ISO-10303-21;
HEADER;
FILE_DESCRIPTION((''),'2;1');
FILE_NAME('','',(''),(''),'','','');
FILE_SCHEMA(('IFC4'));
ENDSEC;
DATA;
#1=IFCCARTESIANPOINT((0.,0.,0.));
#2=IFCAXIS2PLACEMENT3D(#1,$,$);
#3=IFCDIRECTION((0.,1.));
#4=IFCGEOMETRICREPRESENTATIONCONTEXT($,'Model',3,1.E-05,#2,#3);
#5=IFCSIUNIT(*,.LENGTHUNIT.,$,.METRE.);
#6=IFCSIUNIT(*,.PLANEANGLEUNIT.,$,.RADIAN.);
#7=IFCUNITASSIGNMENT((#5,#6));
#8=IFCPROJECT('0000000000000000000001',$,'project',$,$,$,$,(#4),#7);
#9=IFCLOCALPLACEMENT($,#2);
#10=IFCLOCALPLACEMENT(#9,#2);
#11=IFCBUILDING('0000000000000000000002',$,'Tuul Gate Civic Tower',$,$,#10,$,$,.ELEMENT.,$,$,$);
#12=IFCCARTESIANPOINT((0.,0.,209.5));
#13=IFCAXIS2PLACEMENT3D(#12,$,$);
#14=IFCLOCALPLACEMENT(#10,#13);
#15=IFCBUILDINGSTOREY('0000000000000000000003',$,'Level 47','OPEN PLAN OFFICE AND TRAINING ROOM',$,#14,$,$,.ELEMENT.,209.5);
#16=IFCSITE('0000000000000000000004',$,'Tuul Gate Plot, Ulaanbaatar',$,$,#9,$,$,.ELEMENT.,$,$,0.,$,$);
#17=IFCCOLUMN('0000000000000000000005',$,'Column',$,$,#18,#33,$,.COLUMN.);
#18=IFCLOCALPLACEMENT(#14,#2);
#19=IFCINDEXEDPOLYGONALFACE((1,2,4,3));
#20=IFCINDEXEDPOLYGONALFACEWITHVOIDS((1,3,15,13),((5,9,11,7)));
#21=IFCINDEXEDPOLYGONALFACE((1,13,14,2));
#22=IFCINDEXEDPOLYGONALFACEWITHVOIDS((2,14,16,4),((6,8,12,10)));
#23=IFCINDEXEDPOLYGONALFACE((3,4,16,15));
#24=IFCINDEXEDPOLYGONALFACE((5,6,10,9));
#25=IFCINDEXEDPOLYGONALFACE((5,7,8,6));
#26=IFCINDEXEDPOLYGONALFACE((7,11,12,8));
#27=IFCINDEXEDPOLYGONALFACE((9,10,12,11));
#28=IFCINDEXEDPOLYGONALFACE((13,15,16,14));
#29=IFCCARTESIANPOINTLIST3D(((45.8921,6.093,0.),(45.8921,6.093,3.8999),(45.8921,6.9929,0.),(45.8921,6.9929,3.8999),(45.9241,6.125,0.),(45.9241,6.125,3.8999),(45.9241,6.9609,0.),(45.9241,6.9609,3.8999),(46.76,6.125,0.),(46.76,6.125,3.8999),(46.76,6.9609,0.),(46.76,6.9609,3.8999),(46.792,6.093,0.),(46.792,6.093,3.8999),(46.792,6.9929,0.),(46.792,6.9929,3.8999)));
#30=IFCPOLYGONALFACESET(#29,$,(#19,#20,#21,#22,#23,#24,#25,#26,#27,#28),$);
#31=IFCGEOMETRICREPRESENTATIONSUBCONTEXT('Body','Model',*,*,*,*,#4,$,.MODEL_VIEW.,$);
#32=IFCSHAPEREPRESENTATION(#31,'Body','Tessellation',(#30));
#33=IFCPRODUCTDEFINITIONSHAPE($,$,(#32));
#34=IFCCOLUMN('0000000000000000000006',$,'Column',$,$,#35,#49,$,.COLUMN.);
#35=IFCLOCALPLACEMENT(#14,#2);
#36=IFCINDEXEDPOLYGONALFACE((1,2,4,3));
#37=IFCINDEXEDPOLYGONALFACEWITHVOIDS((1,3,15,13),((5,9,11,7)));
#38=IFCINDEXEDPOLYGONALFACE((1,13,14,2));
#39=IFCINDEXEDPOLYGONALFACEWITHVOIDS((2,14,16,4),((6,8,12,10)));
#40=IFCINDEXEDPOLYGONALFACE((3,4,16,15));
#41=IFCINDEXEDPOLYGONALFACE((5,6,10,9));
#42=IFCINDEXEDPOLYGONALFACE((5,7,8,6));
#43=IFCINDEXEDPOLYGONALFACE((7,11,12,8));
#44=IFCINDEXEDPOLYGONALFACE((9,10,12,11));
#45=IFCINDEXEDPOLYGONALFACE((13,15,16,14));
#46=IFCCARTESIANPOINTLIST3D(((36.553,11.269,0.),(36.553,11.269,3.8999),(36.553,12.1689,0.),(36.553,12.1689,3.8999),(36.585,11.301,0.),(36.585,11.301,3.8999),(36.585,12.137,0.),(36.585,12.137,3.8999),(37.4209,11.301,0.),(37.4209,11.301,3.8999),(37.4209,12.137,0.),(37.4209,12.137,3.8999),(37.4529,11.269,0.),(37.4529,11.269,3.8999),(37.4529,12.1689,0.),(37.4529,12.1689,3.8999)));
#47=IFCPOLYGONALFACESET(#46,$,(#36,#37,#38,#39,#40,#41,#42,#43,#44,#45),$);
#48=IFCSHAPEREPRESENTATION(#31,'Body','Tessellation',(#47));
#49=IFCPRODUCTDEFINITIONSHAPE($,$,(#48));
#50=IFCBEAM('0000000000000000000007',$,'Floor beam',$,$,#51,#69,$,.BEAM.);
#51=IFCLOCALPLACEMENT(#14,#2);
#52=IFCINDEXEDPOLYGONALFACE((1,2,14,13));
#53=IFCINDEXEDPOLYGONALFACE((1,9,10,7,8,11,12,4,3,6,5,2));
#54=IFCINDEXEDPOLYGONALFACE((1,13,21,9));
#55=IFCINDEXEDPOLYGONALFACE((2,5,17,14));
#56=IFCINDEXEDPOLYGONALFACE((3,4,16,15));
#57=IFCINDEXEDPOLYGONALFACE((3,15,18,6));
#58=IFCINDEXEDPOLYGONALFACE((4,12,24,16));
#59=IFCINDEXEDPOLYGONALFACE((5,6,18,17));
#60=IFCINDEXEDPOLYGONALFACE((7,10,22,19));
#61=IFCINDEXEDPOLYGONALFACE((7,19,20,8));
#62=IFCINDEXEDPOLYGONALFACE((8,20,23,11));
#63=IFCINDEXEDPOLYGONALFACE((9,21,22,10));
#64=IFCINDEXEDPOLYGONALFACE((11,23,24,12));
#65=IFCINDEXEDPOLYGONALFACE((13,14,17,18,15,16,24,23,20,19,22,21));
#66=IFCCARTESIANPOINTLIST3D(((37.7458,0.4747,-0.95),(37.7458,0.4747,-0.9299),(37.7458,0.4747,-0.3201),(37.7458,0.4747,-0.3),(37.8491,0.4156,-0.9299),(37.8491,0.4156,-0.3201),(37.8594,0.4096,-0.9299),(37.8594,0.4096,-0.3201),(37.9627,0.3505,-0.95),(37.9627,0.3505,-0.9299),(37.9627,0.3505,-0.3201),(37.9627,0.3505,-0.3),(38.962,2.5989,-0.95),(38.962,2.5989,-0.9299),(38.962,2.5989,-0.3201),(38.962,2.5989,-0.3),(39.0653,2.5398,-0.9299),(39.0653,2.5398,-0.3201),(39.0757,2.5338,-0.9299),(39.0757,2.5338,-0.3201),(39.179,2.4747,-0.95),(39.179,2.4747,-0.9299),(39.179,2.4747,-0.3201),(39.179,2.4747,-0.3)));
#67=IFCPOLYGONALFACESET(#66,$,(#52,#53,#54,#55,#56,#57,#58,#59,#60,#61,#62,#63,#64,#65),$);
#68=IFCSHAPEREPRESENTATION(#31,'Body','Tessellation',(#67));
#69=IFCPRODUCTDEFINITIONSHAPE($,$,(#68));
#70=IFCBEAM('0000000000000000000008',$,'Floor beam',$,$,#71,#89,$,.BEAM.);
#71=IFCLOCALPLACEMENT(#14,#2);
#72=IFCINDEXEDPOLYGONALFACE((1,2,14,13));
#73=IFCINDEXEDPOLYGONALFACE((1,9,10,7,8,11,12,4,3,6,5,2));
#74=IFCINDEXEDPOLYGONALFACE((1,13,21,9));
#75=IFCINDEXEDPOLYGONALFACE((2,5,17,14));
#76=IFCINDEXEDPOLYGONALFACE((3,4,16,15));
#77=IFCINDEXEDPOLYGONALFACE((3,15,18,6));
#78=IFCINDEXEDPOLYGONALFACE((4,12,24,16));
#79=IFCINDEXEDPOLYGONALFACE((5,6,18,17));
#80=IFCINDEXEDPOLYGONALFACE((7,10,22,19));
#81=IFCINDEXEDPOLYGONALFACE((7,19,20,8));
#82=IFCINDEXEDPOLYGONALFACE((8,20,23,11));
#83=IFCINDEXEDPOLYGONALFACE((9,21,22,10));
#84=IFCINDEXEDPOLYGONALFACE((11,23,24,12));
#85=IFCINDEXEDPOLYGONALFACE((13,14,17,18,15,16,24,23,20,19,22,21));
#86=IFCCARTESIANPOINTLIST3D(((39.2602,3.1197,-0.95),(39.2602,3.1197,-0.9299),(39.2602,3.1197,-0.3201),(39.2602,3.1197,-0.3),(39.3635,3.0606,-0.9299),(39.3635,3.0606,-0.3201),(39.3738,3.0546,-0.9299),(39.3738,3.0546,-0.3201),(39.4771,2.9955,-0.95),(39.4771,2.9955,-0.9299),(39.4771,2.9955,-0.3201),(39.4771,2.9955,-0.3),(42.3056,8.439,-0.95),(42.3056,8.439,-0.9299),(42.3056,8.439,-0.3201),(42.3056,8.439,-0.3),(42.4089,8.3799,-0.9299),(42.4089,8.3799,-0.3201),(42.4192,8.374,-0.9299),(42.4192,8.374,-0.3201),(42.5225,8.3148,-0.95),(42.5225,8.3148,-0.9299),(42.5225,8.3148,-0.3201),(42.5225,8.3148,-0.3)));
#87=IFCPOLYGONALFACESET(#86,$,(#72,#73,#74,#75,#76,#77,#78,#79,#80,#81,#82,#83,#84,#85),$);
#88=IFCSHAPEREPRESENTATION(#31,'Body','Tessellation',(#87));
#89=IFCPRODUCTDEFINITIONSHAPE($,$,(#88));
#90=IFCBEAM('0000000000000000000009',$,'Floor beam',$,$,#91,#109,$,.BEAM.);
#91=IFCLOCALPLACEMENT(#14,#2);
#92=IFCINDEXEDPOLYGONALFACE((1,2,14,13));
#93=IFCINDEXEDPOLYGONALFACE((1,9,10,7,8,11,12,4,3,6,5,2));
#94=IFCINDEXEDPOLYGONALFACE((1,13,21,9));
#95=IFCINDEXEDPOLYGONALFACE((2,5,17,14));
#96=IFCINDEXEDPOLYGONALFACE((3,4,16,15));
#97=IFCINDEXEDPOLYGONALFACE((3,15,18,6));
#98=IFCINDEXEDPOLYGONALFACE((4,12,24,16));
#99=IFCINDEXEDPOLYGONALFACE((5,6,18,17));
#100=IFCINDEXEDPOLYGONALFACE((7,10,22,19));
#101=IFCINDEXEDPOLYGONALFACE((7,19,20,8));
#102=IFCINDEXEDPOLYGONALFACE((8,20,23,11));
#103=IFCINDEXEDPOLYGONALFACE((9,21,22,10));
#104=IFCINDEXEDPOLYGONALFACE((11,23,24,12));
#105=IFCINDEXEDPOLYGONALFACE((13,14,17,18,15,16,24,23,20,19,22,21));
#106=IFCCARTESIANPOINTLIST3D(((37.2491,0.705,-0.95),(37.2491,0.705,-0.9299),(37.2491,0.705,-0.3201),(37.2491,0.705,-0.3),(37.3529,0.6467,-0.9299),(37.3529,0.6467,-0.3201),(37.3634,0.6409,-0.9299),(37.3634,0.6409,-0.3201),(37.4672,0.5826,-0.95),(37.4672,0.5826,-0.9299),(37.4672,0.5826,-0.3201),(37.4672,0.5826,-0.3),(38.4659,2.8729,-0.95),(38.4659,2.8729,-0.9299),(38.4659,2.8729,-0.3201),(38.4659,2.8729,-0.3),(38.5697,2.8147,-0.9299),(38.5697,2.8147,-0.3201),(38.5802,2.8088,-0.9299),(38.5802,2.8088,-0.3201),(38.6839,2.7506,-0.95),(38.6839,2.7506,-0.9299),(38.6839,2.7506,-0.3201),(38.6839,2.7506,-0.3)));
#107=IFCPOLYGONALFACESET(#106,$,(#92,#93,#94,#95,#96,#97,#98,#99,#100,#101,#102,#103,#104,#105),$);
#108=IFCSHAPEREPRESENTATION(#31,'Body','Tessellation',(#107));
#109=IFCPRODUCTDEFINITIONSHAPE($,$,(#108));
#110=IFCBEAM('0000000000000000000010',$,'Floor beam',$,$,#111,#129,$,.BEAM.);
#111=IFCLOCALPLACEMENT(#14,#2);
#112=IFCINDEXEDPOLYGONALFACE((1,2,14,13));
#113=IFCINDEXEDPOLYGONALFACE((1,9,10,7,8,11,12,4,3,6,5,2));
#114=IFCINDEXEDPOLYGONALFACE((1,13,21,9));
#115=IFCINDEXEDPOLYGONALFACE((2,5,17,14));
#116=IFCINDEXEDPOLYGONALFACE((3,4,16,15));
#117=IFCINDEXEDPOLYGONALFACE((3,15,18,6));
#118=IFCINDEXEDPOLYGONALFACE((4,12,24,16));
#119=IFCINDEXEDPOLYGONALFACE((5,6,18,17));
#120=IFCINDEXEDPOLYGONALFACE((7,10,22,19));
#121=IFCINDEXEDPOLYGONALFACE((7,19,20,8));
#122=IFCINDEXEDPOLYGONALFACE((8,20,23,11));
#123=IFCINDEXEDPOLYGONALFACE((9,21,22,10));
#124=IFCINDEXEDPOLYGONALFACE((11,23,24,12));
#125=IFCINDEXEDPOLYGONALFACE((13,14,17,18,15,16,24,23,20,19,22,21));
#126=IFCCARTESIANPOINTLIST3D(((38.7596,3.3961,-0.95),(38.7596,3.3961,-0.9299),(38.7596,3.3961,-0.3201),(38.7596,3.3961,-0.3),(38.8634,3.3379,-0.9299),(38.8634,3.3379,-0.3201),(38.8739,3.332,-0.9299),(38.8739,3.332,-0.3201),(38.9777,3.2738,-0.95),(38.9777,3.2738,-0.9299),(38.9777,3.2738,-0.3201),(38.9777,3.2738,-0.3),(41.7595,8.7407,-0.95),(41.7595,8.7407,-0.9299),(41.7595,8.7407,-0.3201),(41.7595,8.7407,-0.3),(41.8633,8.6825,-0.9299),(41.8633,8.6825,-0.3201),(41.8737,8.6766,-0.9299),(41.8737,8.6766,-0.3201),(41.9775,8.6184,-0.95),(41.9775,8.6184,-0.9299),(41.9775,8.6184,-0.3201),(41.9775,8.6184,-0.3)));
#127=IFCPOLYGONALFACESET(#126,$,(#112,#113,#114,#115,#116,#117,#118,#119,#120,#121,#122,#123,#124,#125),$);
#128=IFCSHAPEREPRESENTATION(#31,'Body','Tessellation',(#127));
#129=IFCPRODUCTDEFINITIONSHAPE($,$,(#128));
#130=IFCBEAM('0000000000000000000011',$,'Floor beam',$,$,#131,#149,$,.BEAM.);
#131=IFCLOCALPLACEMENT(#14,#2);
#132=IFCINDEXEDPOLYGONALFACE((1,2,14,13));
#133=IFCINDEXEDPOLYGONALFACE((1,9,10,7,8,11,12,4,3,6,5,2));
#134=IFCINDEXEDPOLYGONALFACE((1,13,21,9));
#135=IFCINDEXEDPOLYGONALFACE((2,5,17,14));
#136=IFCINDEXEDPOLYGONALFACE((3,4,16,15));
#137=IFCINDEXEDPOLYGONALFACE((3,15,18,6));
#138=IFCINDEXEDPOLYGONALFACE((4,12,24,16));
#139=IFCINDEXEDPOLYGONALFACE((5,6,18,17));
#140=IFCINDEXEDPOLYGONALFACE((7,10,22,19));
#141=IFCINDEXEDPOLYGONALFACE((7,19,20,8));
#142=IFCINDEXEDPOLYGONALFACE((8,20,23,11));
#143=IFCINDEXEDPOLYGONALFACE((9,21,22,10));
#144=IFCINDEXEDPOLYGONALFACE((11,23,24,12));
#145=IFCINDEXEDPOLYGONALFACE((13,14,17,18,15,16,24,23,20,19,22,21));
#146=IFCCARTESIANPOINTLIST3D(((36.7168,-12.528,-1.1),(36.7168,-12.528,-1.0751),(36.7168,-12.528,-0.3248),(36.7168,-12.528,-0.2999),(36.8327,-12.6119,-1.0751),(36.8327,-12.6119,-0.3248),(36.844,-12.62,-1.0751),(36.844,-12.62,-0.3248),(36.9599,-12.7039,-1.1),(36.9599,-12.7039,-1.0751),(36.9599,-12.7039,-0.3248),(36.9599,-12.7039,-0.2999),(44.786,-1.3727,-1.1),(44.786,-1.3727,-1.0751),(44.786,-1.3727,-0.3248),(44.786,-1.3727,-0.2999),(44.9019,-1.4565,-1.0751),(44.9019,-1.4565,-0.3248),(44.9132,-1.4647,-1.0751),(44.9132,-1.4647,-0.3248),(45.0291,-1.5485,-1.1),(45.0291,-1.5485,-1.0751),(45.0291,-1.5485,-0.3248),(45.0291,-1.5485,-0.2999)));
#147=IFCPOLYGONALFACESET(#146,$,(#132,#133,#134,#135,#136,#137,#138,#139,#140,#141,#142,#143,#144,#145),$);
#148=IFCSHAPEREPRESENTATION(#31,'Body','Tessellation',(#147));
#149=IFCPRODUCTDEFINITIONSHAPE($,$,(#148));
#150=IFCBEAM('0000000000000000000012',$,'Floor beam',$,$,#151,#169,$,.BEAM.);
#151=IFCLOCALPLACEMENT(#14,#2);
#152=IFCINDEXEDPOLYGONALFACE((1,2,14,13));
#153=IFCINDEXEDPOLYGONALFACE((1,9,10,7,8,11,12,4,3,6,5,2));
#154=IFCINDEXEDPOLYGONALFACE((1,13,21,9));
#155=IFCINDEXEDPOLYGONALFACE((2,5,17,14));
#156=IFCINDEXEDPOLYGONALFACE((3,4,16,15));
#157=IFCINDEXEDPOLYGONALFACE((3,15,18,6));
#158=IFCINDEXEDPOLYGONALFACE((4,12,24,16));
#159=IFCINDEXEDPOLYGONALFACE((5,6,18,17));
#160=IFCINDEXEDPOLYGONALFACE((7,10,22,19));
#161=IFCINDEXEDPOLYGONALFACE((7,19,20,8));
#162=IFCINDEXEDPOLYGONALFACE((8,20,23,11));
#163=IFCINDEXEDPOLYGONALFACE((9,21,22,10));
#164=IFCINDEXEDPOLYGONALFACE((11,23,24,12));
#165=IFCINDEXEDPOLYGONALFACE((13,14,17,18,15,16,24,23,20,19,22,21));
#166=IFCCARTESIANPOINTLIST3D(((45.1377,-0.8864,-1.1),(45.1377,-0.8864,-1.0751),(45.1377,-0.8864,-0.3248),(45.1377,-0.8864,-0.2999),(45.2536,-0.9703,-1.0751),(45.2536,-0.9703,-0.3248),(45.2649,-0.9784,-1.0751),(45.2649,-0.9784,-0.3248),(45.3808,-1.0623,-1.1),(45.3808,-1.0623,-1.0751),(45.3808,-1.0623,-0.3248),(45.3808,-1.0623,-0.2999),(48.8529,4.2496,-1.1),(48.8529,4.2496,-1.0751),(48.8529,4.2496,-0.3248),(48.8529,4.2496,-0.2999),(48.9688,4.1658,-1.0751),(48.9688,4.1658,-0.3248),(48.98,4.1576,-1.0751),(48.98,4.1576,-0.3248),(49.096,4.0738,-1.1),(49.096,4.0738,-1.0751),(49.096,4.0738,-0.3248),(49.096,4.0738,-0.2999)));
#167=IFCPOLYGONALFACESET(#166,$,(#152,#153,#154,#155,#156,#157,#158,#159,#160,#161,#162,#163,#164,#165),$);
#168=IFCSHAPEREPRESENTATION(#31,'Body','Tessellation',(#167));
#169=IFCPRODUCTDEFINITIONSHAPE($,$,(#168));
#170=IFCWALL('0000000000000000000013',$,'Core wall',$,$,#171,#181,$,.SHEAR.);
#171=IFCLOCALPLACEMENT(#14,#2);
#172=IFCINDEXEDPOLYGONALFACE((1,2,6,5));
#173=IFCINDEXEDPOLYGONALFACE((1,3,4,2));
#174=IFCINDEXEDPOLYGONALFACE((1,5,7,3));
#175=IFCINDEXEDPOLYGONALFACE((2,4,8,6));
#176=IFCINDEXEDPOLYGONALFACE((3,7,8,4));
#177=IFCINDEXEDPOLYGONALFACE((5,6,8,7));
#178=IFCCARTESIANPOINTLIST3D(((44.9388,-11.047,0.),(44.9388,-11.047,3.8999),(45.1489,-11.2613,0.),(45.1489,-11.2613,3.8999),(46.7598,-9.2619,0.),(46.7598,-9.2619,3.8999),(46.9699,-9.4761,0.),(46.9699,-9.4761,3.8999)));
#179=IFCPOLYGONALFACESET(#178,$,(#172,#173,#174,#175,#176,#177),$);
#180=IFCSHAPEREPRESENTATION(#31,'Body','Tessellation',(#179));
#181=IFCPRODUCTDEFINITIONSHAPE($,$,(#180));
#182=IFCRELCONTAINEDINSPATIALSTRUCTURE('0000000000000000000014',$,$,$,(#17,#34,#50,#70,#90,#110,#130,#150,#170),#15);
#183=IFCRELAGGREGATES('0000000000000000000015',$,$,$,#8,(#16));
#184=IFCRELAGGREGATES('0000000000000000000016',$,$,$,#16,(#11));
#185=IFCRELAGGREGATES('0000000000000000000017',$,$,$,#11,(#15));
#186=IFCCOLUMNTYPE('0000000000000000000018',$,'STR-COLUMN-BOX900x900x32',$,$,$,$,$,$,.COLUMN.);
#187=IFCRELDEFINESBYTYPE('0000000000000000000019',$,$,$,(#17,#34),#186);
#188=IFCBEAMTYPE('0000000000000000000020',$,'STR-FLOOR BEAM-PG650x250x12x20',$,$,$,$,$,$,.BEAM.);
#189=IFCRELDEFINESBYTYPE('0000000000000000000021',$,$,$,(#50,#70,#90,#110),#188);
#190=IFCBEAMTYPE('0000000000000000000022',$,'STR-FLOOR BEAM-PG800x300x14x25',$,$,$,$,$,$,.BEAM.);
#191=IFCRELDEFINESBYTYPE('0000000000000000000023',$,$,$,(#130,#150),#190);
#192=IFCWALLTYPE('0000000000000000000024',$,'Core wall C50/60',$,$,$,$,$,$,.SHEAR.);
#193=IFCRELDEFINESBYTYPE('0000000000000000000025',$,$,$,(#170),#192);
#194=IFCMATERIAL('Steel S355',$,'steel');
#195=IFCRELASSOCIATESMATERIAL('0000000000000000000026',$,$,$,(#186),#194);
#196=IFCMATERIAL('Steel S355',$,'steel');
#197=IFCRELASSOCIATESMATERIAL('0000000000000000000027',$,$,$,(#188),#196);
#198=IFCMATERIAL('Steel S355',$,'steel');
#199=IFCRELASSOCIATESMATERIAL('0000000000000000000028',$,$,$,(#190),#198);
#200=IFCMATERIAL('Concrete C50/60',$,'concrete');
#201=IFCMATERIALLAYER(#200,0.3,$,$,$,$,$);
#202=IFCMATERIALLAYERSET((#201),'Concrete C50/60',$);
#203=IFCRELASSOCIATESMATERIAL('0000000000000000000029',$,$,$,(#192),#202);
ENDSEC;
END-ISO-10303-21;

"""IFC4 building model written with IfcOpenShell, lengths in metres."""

from ifc_helpers import new_model, si_unit, direction, frame, frame_2d, origin, origin_2d, place, context, subcontext, project, spatial, rectangle, hollow_rectangle, i_section, extrude, material, layer, layer_set, material_profile, profile_set, type_object, element, save


model = new_model("IFC4")

# Units and contexts
model_context = context("Model", 3, precision=1e-05, world=origin(), true_north=direction((0.0, 1.0)))
body_context = subcontext(model_context, "Body", "Model", "MODEL_VIEW")
ifc_project = project(units=[si_unit("LENGTHUNIT", "METRE"), si_unit("PLANEANGLEUNIT", "RADIAN")], contexts=[model_context])

# Site, building, storey
site_placement = place(None, origin())
site = spatial("IfcSite", under=ifc_project, at=site_placement, Name="Tuul Gate Plot, Ulaanbaatar", CompositionType="ELEMENT", RefElevation=0.0)
building_placement = place(site_placement, origin())
building = spatial("IfcBuilding", under=site, at=building_placement, Name="Tuul Gate Civic Tower", CompositionType="ELEMENT")
storey_placement = place(building_placement, frame((0.0, 0.0, 209.5)))
storey = spatial("IfcBuildingStorey", under=building, at=storey_placement, Name="Level 47", Description="OPEN PLAN OFFICE AND TRAINING ROOM", CompositionType="ELEMENT", Elevation=209.5)

# Columns
ifc_material_1 = material(Name="Steel S355", Category="steel")
ifc_material_profile_1 = material_profile(ifc_material_1, hollow_rectangle(XDim=0.8999, YDim=0.8999, WallThickness=0.032, at=origin_2d()), Name="BOX900x900x32")
ifc_profile_set_1 = profile_set([ifc_material_profile_1], Name="Steel S355")
column_type = type_object("IfcColumnType", Name="STR-COLUMN-BOX900x900x32", PredefinedType="COLUMN", material=ifc_profile_set_1)
for number, where, z_axis, x_axis, name in (
    (1, (46.342, 6.543, 0.0), (0.0, 0.0, 1.0), (1.0, 0.0, 0.0), "Column"),
    (2, (37.0029, 11.719, 0.0), (0.0, 0.0, 1.0), (1.0, 0.0, 0.0), "Column"),
):
    element("IfcColumn", number, at=place(storey_placement, frame(where, z_axis=z_axis, x_axis=x_axis)), inside=storey, type_object=column_type, Name=name, PredefinedType="COLUMN", context=body_context, shape_type="SweptSolid", body=[
        extrude(hollow_rectangle(XDim=0.8999, YDim=0.8999, WallThickness=0.032, at=origin_2d()), origin(), (0.0, 0.0, 1.0), 3.8999),
    ])

# Beams
ifc_material_2 = material(Name="Steel S355", Category="steel")
ifc_material_profile_2 = material_profile(ifc_material_2, i_section(OverallWidth=0.25, OverallDepth=0.6499, WebThickness=0.012, FlangeThickness=0.02, at=origin_2d()), Name="PG650x250x12x20")
ifc_profile_set_2 = profile_set([ifc_material_profile_2], Name="Steel S355")
beam_type_1 = type_object("IfcBeamType", Name="STR-FLOOR BEAM-PG650x250x12x20", PredefinedType="BEAM", material=ifc_profile_set_2)
beam_1_placement = place(storey_placement, frame((37.8542, 0.4126, -0.625), z_axis=(0.496891, 0.867813, 0.0), x_axis=(-0.867813, 0.496891, 0.0)))
element("IfcBeam", 3, at=beam_1_placement, inside=storey, type_object=beam_type_1, Name="Floor beam", PredefinedType="BEAM", context=body_context, shape_type="SweptSolid", body=[
    extrude(i_section(OverallWidth=0.25, OverallDepth=0.6499, WebThickness=0.012, FlangeThickness=0.02, at=origin_2d()), origin(), (0.0, 0.0, 1.0), 2.4478),
])
beam_2_placement = place(storey_placement, frame((39.3687, 3.0576, -0.625), z_axis=(0.496851, 0.867836, 0.0), x_axis=(-0.867836, 0.496851, 0.0)))
element("IfcBeam", 4, at=beam_2_placement, inside=storey, type_object=beam_type_1, Name="Floor beam", PredefinedType="BEAM", context=body_context, shape_type="SweptSolid", body=[
    extrude(i_section(OverallWidth=0.25, OverallDepth=0.6499, WebThickness=0.012, FlangeThickness=0.02, at=origin_2d()), origin(), (0.0, 0.0, 1.0), 6.1294),
])
beam_3_placement = place(storey_placement, frame((37.3582, 0.6438, -0.625), z_axis=(0.48944, 0.872037, 0.0), x_axis=(-0.872037, 0.48944, 0.0)))
element("IfcBeam", 5, at=beam_3_placement, inside=storey, type_object=beam_type_1, Name="Floor beam", PredefinedType="BEAM", context=body_context, shape_type="SweptSolid", body=[
    extrude(i_section(OverallWidth=0.25, OverallDepth=0.6499, WebThickness=0.012, FlangeThickness=0.02, at=origin_2d()), origin(), (0.0, 0.0, 1.0), 2.4861),
])
beam_4_placement = place(storey_placement, frame((38.8687, 3.335, -0.625), z_axis=(0.489453, 0.872029, 0.0), x_axis=(-0.872029, 0.489453, 0.0)))
element("IfcBeam", 6, at=beam_4_placement, inside=storey, type_object=beam_type_1, Name="Floor beam", PredefinedType="BEAM", context=body_context, shape_type="SweptSolid", body=[
    extrude(i_section(OverallWidth=0.25, OverallDepth=0.6499, WebThickness=0.012, FlangeThickness=0.02, at=origin_2d()), origin(), (0.0, 0.0, 1.0), 6.1289),
])
ifc_material_3 = material(Name="Steel S355", Category="steel")
ifc_material_profile_3 = material_profile(ifc_material_3, i_section(OverallWidth=0.3, OverallDepth=0.8, WebThickness=0.0139, FlangeThickness=0.0249, at=origin_2d()), Name="PG800x300x14x25")
ifc_profile_set_3 = profile_set([ifc_material_profile_3], Name="Steel S355")
beam_type_2 = type_object("IfcBeamType", Name="STR-FLOOR BEAM-PG800x300x14x25", PredefinedType="BEAM", material=ifc_profile_set_3)
beam_5_placement = place(storey_placement, frame((36.8384, -12.616, -0.7), z_axis=(0.586087, 0.810248, 0.0), x_axis=(-0.810248, 0.586087, 0.0)))
element("IfcBeam", 7, at=beam_5_placement, inside=storey, type_object=beam_type_2, Name="Floor beam", PredefinedType="BEAM", context=body_context, shape_type="SweptSolid", body=[
    extrude(i_section(OverallWidth=0.3, OverallDepth=0.8, WebThickness=0.0139, FlangeThickness=0.0249, at=origin_2d()), origin(), (0.0, 0.0, 1.0), 13.7678),
])
beam_6_placement = place(storey_placement, frame((45.2593, -0.9744, -0.7), z_axis=(0.586088, 0.810247, 0.0), x_axis=(-0.810247, 0.586088, 0.0)))
element("IfcBeam", 8, at=beam_6_placement, inside=storey, type_object=beam_type_2, Name="Floor beam", PredefinedType="BEAM", context=body_context, shape_type="SweptSolid", body=[
    extrude(i_section(OverallWidth=0.3, OverallDepth=0.8, WebThickness=0.0139, FlangeThickness=0.0249, at=origin_2d()), origin(), (0.0, 0.0, 1.0), 6.3389),
])

# Wall
ifc_material_4 = material(Name="Concrete C50/60", Category="concrete")
ifc_layer_1 = layer(ifc_material_4, 0.3)
ifc_layer_set_1 = layer_set([ifc_layer_1], Name="Concrete C50/60")
wall_type_1 = type_object("IfcWallType", Name="Core wall C50/60", PredefinedType="SHEAR", material=ifc_layer_set_1)
wall_1_placement = place(storey_placement, frame((45.0439, -11.1541, 0.0), z_axis=(0.0, 0.0, 1.0), x_axis=(0.714108, 0.700035, 0.0)))
element("IfcWall", 9, at=wall_1_placement, inside=storey, type_object=wall_type_1, Name="Core wall", PredefinedType="SHEAR", context=body_context, shape_type="SweptSolid", body=[
    extrude(rectangle(XDim=2.55, YDim=0.3, at=frame_2d((1.2749, 0.0))), origin(), (0.0, 0.0, 1.0), 3.8999),
])

save(model, "model.ifc")
